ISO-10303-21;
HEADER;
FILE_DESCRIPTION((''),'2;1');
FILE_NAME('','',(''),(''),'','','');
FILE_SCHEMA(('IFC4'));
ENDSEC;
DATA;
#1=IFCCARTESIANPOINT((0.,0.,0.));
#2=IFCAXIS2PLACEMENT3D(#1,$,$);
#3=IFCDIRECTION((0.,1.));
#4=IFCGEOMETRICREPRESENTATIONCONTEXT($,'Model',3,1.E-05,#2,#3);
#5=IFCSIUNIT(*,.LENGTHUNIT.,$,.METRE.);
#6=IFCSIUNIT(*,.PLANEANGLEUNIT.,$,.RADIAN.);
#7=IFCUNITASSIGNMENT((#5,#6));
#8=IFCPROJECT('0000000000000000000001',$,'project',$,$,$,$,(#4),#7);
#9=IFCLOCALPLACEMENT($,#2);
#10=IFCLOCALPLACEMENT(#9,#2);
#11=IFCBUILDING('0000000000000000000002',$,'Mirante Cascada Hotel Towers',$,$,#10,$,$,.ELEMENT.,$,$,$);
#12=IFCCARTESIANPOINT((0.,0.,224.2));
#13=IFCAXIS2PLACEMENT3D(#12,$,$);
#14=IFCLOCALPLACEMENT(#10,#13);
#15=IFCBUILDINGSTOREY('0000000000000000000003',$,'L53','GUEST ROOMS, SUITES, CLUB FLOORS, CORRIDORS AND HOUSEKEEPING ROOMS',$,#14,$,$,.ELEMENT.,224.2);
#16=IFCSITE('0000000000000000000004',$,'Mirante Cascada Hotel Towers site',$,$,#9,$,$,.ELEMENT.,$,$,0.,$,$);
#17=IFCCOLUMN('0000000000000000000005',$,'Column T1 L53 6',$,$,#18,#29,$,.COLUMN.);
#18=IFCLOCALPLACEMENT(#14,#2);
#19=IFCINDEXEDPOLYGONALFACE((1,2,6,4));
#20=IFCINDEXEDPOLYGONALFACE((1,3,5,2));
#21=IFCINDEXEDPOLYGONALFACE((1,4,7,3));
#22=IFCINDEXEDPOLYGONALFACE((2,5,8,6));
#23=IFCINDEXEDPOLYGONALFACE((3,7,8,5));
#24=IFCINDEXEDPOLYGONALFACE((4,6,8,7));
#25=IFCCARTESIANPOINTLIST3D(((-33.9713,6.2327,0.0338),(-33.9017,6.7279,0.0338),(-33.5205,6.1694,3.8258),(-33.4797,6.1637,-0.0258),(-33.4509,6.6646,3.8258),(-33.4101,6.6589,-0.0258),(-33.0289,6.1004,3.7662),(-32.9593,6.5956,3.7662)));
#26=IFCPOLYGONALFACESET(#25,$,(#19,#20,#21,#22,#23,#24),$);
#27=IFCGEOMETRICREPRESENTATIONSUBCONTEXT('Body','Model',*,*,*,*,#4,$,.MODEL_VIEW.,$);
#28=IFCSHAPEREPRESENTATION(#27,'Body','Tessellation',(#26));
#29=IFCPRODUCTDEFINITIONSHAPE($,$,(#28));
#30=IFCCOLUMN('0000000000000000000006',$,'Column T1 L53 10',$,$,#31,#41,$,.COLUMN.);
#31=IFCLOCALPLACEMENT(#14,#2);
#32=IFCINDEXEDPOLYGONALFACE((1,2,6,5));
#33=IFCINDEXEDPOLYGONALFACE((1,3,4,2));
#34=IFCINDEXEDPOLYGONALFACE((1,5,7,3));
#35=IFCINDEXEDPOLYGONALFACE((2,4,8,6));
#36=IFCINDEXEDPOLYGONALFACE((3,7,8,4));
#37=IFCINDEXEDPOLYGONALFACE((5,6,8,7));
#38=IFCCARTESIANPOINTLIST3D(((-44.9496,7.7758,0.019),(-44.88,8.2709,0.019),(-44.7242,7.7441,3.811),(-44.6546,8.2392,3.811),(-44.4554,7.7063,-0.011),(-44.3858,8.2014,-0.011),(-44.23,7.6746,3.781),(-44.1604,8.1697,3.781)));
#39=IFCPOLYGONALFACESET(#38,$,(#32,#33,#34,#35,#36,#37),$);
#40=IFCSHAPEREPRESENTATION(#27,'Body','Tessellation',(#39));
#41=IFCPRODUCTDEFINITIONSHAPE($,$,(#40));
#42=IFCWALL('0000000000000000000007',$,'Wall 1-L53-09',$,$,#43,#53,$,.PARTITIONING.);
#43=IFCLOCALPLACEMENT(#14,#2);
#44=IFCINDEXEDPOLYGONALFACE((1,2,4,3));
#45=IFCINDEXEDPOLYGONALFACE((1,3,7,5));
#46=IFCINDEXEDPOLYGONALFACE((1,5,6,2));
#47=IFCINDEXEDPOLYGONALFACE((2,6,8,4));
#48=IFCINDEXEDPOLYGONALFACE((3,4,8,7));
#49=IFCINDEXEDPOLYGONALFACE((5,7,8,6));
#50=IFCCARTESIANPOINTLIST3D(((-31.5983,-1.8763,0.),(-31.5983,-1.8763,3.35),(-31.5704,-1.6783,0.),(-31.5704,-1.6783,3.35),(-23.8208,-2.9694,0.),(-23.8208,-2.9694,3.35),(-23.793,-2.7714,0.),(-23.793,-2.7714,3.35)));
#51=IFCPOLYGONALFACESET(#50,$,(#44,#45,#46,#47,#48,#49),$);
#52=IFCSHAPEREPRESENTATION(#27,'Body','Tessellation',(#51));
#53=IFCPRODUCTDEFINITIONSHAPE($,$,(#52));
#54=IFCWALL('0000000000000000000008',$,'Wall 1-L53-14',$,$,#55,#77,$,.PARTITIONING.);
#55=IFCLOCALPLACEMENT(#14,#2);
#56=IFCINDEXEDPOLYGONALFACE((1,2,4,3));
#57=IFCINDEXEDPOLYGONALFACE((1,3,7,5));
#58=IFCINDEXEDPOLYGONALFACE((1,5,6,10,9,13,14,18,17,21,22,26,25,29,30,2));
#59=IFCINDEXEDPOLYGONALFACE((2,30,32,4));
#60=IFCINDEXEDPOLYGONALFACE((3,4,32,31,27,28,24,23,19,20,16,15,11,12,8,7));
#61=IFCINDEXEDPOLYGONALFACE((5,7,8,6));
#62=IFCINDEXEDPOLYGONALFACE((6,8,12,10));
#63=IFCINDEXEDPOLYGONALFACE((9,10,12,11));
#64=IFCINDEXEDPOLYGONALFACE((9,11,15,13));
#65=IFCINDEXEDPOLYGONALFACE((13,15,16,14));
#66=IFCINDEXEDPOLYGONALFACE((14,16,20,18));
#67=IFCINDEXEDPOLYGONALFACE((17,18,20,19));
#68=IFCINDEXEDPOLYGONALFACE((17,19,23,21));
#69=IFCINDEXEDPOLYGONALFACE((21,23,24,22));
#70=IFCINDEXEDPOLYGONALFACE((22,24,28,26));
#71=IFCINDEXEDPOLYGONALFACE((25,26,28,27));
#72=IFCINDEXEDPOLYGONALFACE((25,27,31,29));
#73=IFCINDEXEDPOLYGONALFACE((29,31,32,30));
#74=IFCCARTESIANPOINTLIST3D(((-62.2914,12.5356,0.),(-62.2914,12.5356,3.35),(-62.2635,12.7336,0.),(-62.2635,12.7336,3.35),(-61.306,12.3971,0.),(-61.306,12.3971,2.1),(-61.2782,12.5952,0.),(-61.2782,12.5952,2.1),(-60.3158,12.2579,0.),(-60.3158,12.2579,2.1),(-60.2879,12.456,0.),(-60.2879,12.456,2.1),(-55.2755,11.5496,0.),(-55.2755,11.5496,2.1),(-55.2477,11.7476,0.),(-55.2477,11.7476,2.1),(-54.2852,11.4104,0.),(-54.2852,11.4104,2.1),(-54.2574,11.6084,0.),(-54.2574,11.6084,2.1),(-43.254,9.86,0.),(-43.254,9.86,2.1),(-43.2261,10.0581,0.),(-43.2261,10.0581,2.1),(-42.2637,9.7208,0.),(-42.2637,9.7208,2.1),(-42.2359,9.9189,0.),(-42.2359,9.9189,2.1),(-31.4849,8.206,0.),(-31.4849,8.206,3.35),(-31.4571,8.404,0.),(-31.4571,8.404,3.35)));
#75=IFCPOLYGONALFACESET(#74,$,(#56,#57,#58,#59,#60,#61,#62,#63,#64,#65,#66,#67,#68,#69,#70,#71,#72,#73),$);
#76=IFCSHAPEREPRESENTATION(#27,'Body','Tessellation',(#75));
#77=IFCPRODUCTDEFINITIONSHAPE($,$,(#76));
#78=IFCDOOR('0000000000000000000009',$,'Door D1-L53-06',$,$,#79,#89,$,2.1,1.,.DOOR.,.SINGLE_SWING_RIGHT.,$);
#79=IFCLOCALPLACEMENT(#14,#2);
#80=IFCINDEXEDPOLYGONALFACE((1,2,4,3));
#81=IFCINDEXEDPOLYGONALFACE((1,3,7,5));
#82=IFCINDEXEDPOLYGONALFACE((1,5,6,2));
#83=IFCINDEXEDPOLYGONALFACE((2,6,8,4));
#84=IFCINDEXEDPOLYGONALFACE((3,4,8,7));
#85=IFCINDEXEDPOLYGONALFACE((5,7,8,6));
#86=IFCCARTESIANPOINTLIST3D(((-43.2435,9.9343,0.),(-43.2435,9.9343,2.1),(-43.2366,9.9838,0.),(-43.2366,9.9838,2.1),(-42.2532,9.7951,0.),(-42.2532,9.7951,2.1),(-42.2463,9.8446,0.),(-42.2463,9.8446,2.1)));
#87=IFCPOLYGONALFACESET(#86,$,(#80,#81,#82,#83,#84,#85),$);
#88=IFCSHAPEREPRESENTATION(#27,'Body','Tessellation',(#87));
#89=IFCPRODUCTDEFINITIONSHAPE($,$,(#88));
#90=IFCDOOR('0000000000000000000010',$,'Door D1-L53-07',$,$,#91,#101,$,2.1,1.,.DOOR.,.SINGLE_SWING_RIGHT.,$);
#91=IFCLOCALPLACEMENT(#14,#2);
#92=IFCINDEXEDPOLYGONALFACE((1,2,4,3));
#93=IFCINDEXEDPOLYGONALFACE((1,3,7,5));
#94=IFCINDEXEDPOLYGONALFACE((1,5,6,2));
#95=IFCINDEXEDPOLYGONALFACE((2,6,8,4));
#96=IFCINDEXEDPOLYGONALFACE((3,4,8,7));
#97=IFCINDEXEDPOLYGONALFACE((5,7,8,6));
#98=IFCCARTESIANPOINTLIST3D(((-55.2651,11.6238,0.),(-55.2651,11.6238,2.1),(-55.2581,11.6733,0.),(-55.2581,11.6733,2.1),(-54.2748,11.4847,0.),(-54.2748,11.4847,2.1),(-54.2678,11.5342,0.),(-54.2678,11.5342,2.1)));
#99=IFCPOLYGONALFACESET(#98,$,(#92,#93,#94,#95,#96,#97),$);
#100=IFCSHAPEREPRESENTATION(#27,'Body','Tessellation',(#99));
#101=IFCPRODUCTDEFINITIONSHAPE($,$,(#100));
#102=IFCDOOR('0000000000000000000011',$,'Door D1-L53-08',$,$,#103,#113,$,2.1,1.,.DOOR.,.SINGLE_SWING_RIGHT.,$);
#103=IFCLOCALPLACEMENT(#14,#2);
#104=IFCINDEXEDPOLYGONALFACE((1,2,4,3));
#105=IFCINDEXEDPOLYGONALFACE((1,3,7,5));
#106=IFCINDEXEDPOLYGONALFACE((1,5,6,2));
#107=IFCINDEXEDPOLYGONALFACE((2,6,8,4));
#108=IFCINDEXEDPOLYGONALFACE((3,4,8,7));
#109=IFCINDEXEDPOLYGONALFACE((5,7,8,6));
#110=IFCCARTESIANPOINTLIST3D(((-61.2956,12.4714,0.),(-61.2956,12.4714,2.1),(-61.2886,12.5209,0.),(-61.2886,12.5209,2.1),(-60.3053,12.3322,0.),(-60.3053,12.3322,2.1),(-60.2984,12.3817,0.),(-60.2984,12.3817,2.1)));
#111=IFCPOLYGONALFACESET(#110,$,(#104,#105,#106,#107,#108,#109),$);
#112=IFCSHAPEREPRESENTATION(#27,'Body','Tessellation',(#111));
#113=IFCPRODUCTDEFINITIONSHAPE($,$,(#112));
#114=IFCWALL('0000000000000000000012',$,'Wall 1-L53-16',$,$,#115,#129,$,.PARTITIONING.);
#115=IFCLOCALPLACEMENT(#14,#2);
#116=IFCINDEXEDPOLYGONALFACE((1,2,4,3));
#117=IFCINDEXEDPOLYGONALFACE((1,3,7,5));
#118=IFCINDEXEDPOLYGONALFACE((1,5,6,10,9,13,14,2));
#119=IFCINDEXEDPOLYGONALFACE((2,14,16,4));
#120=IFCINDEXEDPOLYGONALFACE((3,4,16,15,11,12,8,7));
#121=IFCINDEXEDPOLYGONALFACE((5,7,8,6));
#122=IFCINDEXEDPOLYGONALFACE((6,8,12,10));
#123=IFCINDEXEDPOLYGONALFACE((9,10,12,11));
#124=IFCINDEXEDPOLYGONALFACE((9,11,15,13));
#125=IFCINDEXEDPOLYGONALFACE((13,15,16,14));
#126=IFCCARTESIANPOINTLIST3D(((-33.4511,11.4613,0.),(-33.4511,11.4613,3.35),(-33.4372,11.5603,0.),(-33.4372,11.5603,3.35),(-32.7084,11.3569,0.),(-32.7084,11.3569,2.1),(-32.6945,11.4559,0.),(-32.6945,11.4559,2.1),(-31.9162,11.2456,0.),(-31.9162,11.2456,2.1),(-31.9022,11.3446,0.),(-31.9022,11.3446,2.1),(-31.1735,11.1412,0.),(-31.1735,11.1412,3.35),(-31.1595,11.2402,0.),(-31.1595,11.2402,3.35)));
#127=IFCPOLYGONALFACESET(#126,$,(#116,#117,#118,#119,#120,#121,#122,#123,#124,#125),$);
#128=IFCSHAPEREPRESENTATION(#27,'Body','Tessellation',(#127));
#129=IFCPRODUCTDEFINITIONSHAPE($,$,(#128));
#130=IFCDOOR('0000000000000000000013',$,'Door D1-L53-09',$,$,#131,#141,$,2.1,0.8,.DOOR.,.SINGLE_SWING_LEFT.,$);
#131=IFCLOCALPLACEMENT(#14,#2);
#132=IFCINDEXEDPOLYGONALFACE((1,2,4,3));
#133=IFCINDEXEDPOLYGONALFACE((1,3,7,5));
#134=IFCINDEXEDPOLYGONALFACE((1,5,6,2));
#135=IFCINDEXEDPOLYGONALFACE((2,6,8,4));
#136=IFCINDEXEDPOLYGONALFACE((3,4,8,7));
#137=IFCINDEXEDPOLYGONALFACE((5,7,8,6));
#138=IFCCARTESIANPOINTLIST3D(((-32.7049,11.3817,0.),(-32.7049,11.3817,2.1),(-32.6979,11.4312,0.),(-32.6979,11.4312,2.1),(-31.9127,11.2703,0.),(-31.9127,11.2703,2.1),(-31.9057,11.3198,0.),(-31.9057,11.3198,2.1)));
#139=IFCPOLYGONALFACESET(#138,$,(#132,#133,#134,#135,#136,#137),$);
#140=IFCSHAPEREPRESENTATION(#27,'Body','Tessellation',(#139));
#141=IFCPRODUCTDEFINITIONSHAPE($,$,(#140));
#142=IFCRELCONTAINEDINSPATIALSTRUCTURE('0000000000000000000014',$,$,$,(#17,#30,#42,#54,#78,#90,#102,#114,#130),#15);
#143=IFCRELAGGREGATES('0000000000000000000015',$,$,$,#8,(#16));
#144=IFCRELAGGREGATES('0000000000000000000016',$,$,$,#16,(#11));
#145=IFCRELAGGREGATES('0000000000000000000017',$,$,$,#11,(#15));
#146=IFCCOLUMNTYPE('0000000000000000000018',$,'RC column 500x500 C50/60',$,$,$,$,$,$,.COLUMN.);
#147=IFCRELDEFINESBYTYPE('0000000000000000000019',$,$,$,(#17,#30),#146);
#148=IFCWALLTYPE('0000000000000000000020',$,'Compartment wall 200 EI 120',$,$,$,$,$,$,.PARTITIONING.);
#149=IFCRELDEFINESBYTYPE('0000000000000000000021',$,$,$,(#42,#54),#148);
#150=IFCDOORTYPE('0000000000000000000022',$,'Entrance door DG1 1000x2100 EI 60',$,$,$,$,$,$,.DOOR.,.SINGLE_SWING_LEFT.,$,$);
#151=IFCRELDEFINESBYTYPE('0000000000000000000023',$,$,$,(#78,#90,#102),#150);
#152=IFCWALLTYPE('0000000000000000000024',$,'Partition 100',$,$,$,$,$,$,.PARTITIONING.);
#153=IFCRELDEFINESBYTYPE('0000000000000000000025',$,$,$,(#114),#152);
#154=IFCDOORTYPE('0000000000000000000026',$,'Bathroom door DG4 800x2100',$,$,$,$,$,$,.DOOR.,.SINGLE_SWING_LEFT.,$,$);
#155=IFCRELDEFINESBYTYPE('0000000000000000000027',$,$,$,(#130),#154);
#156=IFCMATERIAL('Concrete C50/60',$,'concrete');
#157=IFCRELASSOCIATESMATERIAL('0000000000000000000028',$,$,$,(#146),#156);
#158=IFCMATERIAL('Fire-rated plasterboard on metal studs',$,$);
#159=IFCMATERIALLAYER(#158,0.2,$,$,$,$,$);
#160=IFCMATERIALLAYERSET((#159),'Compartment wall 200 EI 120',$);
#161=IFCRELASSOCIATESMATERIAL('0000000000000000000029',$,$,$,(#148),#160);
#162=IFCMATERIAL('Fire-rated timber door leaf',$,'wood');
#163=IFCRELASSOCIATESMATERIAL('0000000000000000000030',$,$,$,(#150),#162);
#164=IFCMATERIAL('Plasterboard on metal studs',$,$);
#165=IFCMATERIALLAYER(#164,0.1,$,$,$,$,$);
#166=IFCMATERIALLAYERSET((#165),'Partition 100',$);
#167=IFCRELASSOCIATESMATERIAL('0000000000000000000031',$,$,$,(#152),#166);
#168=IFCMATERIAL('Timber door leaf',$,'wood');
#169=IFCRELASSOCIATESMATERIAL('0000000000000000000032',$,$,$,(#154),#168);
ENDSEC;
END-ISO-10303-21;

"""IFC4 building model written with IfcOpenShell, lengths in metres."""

from ifc_helpers import new_model, si_unit, direction, frame, frame_2d, origin, origin_2d, place, context, subcontext, project, spatial, rectangle, extrude, material, layer, layer_set, material_profile, profile_set, type_object, element, fill, save


model = new_model("IFC4")

# Units and contexts
model_context = context("Model", 3, precision=1e-05, world=origin(), true_north=direction((0.0, 1.0)))
body_context = subcontext(model_context, "Body", "Model", "MODEL_VIEW")
ifc_project = project(units=[si_unit("LENGTHUNIT", "METRE"), si_unit("PLANEANGLEUNIT", "RADIAN")], contexts=[model_context])

# Site, building, storey
site_placement = place(None, origin())
site = spatial("IfcSite", under=ifc_project, at=site_placement, Name="Mirante Cascada Hotel Towers site", CompositionType="ELEMENT", RefElevation=0.0)
building_placement = place(site_placement, origin())
building = spatial("IfcBuilding", under=site, at=building_placement, Name="Mirante Cascada Hotel Towers", CompositionType="ELEMENT")
storey_placement = place(building_placement, frame((0.0, 0.0, 224.2)))
storey = spatial("IfcBuildingStorey", under=building, at=storey_placement, Name="L53", Description="GUEST ROOMS, SUITES, CLUB FLOORS, CORRIDORS AND HOUSEKEEPING ROOMS", CompositionType="ELEMENT", Elevation=224.2)

# Columns
ifc_material_1 = material(Name="Concrete C50/60", Category="concrete")
ifc_material_profile = material_profile(ifc_material_1, rectangle(XDim=0.5, YDim=0.5, at=origin_2d()), Name="RC column 500x500 C50/60")
ifc_profile_set = profile_set([ifc_material_profile], Name="Concrete C50/60")
column_type = type_object("IfcColumnType", Name="RC column 500x500 C50/60", PredefinedType="COLUMN", material=ifc_profile_set)
column_1_placement = place(storey_placement, frame((-33.6907, 6.4458, 0.004), z_axis=(0.118034, -0.016574, 0.992871), x_axis=(0.139053, 0.990285, 0.0)))
element("IfcColumn", 1, at=column_1_placement, inside=storey, type_object=column_type, Name="Column T1 L53 6", PredefinedType="COLUMN", context=body_context, shape_type="SweptSolid", body=[
    extrude(rectangle(XDim=0.5, YDim=0.5, at=origin_2d()), origin(), (0.0, 0.0, 1.0), 3.8192),
])
column_2_placement = place(storey_placement, frame((-44.6677, 7.9886, 0.004), z_axis=(0.059334, -0.008345, 0.998203), x_axis=(0.139268, 0.990255, 0.0)))
element("IfcColumn", 2, at=column_2_placement, inside=storey, type_object=column_type, Name="Column T1 L53 10", PredefinedType="COLUMN", context=body_context, shape_type="SweptSolid", body=[
    extrude(rectangle(XDim=0.5, YDim=0.5, at=origin_2d()), origin(), (0.0, 0.0, 1.0), 3.7988),
])

# Wall
ifc_material_2 = material(Name="Fire-rated plasterboard on metal studs")
ifc_layer_1 = layer(ifc_material_2, 0.2)
ifc_layer_set_1 = layer_set([ifc_layer_1], Name="Compartment wall 200 EI 120")
wall_type_1 = type_object("IfcWallType", Name="Compartment wall 200 EI 120", PredefinedType="PARTITIONING", material=ifc_layer_set_1)
wall_1_placement = place(storey_placement, frame((-31.5844, -1.7773, 0.0), z_axis=(0.0, 0.0, 1.0), x_axis=(0.990267, -0.139179, 0.0)))
element("IfcWall", 3, at=wall_1_placement, inside=storey, type_object=wall_type_1, Name="Wall 1-L53-09", PredefinedType="PARTITIONING", context=body_context, shape_type="SweptSolid", body=[
    extrude(rectangle(XDim=7.8539, YDim=0.2, at=frame_2d((3.927, 0.0))), origin(), (0.0, 0.0, 1.0), 3.35),
])

# Wall, openings, doors
wall_2_placement = place(storey_placement, frame((-31.471, 8.305, 0.0), z_axis=(0.0, 0.0, 1.0), x_axis=(-0.990268, 0.139175, 0.0)))
wall_2 = element("IfcWall", 4, at=wall_2_placement, inside=storey, type_object=wall_type_1, Name="Wall 1-L53-14", PredefinedType="PARTITIONING", context=body_context, shape_type="SweptSolid", body=[
    extrude(rectangle(XDim=31.1092, YDim=0.2, at=frame_2d((15.5546, 0.0))), origin(), (0.0, 0.0, 1.0), 3.35),
])
opening_1_placement = place(wall_2_placement, frame((10.8847, 0.0, 0.0)))
opening_1 = element("IfcOpeningElement", 5, at=opening_1_placement, cuts=wall_2, PredefinedType="OPENING", context=body_context, shape_type="SweptSolid", body=[
    extrude(rectangle(XDim=1.0, YDim=2.1, at=frame_2d((0.5, 1.05))), frame((0.0, 0.1, 0.0), z_axis=(0.0, -1.0, 0.0), x_axis=(1.0, 0.0, 0.0)), (0.0, 0.0, 1.0), 0.2),
])
opening_2_placement = place(wall_2_placement, frame((23.0244, 0.0, 0.0)))
opening_2 = element("IfcOpeningElement", 6, at=opening_2_placement, cuts=wall_2, PredefinedType="OPENING", context=body_context, shape_type="SweptSolid", body=[
    extrude(rectangle(XDim=1.0, YDim=2.1, at=frame_2d((0.5, 1.05))), frame((0.0, 0.1, 0.0), z_axis=(0.0, -1.0, 0.0), x_axis=(1.0, 0.0, 0.0)), (0.0, 0.0, 1.0), 0.2),
])
opening_3_placement = place(wall_2_placement, frame((29.1142, 0.0, 0.0)))
opening_3 = element("IfcOpeningElement", 7, at=opening_3_placement, cuts=wall_2, PredefinedType="OPENING", context=body_context, shape_type="SweptSolid", body=[
    extrude(rectangle(XDim=1.0, YDim=2.1, at=frame_2d((0.5, 1.05))), frame((0.0, 0.1, 0.0), z_axis=(0.0, -1.0, 0.0), x_axis=(1.0, 0.0, 0.0)), (0.0, 0.0, 1.0), 0.2),
])
ifc_material_3 = material(Name="Fire-rated timber door leaf", Category="wood")
door_type_1 = type_object("IfcDoorType", Name="Entrance door DG1 1000x2100 EI 60", OperationType="SINGLE_SWING_LEFT", PredefinedType="DOOR", material=ifc_material_3)
door_1_placement = place(opening_1_placement, frame((1.0, 0.0, 0.0), z_axis=(0.0, 0.0, 1.0), x_axis=(-1.0, 0.0, 0.0)))
door_1 = element("IfcDoor", 8, at=door_1_placement, inside=storey, type_object=door_type_1, Name="Door D1-L53-06", OperationType="SINGLE_SWING_RIGHT", OverallHeight=2.1, OverallWidth=1.0, PredefinedType="DOOR", context=body_context, shape_type="SweptSolid", body=[
    extrude(rectangle(XDim=1.0, YDim=2.1, at=frame_2d((0.5, 1.05))), frame((0.0, 0.025, 0.0), z_axis=(0.0, -1.0, 0.0), x_axis=(1.0, 0.0, 0.0)), (0.0, 0.0, 1.0), 0.05),
])
fill(opening_1, door_1)
door_2_placement = place(opening_2_placement, frame((1.0, 0.0, 0.0), z_axis=(0.0, 0.0, 1.0), x_axis=(-1.0, 0.0, 0.0)))
door_2 = element("IfcDoor", 9, at=door_2_placement, inside=storey, type_object=door_type_1, Name="Door D1-L53-07", OperationType="SINGLE_SWING_RIGHT", OverallHeight=2.1, OverallWidth=1.0, PredefinedType="DOOR", context=body_context, shape_type="SweptSolid", body=[
    extrude(rectangle(XDim=1.0, YDim=2.1, at=frame_2d((0.5, 1.05))), frame((0.0, 0.025, 0.0), z_axis=(0.0, -1.0, 0.0), x_axis=(1.0, 0.0, 0.0)), (0.0, 0.0, 1.0), 0.05),
])
fill(opening_2, door_2)
door_3_placement = place(opening_3_placement, frame((1.0, 0.0, 0.0), z_axis=(0.0, 0.0, 1.0), x_axis=(-1.0, 0.0, 0.0)))
door_3 = element("IfcDoor", 10, at=door_3_placement, inside=storey, type_object=door_type_1, Name="Door D1-L53-08", OperationType="SINGLE_SWING_RIGHT", OverallHeight=2.1, OverallWidth=1.0, PredefinedType="DOOR", context=body_context, shape_type="SweptSolid", body=[
    extrude(rectangle(XDim=1.0, YDim=2.1, at=frame_2d((0.5, 1.05))), frame((0.0, 0.025, 0.0), z_axis=(0.0, -1.0, 0.0), x_axis=(1.0, 0.0, 0.0)), (0.0, 0.0, 1.0), 0.05),
])
fill(opening_3, door_3)

# Wall, opening, door
ifc_material_4 = material(Name="Plasterboard on metal studs")
ifc_layer_2 = layer(ifc_material_4, 0.1)
ifc_layer_set_2 = layer_set([ifc_layer_2], Name="Partition 100")
wall_type_2 = type_object("IfcWallType", Name="Partition 100", PredefinedType="PARTITIONING", material=ifc_layer_set_2)
wall_3_placement = place(storey_placement, frame((-31.1665, 11.1907, 0.0), z_axis=(0.0, 0.0, 1.0), x_axis=(-0.990268, 0.139175, 0.0)))
wall_3 = element("IfcWall", 11, at=wall_3_placement, inside=storey, type_object=wall_type_2, Name="Wall 1-L53-16", PredefinedType="PARTITIONING", context=body_context, shape_type="SweptSolid", body=[
    extrude(rectangle(XDim=2.3, YDim=0.1, at=frame_2d((1.15, 0.0))), origin(), (0.0, 0.0, 1.0), 3.35),
])
opening_4_placement = place(wall_3_placement, frame((0.75, 0.0, 0.0)))
opening_4 = element("IfcOpeningElement", 12, at=opening_4_placement, cuts=wall_3, PredefinedType="OPENING", context=body_context, shape_type="SweptSolid", body=[
    extrude(rectangle(XDim=0.8, YDim=2.1, at=frame_2d((0.4, 1.05))), frame((0.0, 0.05, 0.0), z_axis=(0.0, -1.0, 0.0), x_axis=(1.0, 0.0, 0.0)), (0.0, 0.0, 1.0), 0.1),
])
ifc_material_5 = material(Name="Timber door leaf", Category="wood")
door_type_2 = type_object("IfcDoorType", Name="Bathroom door DG4 800x2100", OperationType="SINGLE_SWING_LEFT", PredefinedType="DOOR", material=ifc_material_5)
door_4_placement = place(opening_4_placement, origin())
door_4 = element("IfcDoor", 13, at=door_4_placement, inside=storey, type_object=door_type_2, Name="Door D1-L53-09", OperationType="SINGLE_SWING_LEFT", OverallHeight=2.1, OverallWidth=0.8, PredefinedType="DOOR", context=body_context, shape_type="SweptSolid", body=[
    extrude(rectangle(XDim=0.8, YDim=2.1, at=frame_2d((0.4, 1.05))), frame((0.0, 0.025, 0.0), z_axis=(0.0, -1.0, 0.0), x_axis=(1.0, 0.0, 0.0)), (0.0, 0.0, 1.0), 0.05),
])
fill(opening_4, door_4)

save(model, "model.ifc")
